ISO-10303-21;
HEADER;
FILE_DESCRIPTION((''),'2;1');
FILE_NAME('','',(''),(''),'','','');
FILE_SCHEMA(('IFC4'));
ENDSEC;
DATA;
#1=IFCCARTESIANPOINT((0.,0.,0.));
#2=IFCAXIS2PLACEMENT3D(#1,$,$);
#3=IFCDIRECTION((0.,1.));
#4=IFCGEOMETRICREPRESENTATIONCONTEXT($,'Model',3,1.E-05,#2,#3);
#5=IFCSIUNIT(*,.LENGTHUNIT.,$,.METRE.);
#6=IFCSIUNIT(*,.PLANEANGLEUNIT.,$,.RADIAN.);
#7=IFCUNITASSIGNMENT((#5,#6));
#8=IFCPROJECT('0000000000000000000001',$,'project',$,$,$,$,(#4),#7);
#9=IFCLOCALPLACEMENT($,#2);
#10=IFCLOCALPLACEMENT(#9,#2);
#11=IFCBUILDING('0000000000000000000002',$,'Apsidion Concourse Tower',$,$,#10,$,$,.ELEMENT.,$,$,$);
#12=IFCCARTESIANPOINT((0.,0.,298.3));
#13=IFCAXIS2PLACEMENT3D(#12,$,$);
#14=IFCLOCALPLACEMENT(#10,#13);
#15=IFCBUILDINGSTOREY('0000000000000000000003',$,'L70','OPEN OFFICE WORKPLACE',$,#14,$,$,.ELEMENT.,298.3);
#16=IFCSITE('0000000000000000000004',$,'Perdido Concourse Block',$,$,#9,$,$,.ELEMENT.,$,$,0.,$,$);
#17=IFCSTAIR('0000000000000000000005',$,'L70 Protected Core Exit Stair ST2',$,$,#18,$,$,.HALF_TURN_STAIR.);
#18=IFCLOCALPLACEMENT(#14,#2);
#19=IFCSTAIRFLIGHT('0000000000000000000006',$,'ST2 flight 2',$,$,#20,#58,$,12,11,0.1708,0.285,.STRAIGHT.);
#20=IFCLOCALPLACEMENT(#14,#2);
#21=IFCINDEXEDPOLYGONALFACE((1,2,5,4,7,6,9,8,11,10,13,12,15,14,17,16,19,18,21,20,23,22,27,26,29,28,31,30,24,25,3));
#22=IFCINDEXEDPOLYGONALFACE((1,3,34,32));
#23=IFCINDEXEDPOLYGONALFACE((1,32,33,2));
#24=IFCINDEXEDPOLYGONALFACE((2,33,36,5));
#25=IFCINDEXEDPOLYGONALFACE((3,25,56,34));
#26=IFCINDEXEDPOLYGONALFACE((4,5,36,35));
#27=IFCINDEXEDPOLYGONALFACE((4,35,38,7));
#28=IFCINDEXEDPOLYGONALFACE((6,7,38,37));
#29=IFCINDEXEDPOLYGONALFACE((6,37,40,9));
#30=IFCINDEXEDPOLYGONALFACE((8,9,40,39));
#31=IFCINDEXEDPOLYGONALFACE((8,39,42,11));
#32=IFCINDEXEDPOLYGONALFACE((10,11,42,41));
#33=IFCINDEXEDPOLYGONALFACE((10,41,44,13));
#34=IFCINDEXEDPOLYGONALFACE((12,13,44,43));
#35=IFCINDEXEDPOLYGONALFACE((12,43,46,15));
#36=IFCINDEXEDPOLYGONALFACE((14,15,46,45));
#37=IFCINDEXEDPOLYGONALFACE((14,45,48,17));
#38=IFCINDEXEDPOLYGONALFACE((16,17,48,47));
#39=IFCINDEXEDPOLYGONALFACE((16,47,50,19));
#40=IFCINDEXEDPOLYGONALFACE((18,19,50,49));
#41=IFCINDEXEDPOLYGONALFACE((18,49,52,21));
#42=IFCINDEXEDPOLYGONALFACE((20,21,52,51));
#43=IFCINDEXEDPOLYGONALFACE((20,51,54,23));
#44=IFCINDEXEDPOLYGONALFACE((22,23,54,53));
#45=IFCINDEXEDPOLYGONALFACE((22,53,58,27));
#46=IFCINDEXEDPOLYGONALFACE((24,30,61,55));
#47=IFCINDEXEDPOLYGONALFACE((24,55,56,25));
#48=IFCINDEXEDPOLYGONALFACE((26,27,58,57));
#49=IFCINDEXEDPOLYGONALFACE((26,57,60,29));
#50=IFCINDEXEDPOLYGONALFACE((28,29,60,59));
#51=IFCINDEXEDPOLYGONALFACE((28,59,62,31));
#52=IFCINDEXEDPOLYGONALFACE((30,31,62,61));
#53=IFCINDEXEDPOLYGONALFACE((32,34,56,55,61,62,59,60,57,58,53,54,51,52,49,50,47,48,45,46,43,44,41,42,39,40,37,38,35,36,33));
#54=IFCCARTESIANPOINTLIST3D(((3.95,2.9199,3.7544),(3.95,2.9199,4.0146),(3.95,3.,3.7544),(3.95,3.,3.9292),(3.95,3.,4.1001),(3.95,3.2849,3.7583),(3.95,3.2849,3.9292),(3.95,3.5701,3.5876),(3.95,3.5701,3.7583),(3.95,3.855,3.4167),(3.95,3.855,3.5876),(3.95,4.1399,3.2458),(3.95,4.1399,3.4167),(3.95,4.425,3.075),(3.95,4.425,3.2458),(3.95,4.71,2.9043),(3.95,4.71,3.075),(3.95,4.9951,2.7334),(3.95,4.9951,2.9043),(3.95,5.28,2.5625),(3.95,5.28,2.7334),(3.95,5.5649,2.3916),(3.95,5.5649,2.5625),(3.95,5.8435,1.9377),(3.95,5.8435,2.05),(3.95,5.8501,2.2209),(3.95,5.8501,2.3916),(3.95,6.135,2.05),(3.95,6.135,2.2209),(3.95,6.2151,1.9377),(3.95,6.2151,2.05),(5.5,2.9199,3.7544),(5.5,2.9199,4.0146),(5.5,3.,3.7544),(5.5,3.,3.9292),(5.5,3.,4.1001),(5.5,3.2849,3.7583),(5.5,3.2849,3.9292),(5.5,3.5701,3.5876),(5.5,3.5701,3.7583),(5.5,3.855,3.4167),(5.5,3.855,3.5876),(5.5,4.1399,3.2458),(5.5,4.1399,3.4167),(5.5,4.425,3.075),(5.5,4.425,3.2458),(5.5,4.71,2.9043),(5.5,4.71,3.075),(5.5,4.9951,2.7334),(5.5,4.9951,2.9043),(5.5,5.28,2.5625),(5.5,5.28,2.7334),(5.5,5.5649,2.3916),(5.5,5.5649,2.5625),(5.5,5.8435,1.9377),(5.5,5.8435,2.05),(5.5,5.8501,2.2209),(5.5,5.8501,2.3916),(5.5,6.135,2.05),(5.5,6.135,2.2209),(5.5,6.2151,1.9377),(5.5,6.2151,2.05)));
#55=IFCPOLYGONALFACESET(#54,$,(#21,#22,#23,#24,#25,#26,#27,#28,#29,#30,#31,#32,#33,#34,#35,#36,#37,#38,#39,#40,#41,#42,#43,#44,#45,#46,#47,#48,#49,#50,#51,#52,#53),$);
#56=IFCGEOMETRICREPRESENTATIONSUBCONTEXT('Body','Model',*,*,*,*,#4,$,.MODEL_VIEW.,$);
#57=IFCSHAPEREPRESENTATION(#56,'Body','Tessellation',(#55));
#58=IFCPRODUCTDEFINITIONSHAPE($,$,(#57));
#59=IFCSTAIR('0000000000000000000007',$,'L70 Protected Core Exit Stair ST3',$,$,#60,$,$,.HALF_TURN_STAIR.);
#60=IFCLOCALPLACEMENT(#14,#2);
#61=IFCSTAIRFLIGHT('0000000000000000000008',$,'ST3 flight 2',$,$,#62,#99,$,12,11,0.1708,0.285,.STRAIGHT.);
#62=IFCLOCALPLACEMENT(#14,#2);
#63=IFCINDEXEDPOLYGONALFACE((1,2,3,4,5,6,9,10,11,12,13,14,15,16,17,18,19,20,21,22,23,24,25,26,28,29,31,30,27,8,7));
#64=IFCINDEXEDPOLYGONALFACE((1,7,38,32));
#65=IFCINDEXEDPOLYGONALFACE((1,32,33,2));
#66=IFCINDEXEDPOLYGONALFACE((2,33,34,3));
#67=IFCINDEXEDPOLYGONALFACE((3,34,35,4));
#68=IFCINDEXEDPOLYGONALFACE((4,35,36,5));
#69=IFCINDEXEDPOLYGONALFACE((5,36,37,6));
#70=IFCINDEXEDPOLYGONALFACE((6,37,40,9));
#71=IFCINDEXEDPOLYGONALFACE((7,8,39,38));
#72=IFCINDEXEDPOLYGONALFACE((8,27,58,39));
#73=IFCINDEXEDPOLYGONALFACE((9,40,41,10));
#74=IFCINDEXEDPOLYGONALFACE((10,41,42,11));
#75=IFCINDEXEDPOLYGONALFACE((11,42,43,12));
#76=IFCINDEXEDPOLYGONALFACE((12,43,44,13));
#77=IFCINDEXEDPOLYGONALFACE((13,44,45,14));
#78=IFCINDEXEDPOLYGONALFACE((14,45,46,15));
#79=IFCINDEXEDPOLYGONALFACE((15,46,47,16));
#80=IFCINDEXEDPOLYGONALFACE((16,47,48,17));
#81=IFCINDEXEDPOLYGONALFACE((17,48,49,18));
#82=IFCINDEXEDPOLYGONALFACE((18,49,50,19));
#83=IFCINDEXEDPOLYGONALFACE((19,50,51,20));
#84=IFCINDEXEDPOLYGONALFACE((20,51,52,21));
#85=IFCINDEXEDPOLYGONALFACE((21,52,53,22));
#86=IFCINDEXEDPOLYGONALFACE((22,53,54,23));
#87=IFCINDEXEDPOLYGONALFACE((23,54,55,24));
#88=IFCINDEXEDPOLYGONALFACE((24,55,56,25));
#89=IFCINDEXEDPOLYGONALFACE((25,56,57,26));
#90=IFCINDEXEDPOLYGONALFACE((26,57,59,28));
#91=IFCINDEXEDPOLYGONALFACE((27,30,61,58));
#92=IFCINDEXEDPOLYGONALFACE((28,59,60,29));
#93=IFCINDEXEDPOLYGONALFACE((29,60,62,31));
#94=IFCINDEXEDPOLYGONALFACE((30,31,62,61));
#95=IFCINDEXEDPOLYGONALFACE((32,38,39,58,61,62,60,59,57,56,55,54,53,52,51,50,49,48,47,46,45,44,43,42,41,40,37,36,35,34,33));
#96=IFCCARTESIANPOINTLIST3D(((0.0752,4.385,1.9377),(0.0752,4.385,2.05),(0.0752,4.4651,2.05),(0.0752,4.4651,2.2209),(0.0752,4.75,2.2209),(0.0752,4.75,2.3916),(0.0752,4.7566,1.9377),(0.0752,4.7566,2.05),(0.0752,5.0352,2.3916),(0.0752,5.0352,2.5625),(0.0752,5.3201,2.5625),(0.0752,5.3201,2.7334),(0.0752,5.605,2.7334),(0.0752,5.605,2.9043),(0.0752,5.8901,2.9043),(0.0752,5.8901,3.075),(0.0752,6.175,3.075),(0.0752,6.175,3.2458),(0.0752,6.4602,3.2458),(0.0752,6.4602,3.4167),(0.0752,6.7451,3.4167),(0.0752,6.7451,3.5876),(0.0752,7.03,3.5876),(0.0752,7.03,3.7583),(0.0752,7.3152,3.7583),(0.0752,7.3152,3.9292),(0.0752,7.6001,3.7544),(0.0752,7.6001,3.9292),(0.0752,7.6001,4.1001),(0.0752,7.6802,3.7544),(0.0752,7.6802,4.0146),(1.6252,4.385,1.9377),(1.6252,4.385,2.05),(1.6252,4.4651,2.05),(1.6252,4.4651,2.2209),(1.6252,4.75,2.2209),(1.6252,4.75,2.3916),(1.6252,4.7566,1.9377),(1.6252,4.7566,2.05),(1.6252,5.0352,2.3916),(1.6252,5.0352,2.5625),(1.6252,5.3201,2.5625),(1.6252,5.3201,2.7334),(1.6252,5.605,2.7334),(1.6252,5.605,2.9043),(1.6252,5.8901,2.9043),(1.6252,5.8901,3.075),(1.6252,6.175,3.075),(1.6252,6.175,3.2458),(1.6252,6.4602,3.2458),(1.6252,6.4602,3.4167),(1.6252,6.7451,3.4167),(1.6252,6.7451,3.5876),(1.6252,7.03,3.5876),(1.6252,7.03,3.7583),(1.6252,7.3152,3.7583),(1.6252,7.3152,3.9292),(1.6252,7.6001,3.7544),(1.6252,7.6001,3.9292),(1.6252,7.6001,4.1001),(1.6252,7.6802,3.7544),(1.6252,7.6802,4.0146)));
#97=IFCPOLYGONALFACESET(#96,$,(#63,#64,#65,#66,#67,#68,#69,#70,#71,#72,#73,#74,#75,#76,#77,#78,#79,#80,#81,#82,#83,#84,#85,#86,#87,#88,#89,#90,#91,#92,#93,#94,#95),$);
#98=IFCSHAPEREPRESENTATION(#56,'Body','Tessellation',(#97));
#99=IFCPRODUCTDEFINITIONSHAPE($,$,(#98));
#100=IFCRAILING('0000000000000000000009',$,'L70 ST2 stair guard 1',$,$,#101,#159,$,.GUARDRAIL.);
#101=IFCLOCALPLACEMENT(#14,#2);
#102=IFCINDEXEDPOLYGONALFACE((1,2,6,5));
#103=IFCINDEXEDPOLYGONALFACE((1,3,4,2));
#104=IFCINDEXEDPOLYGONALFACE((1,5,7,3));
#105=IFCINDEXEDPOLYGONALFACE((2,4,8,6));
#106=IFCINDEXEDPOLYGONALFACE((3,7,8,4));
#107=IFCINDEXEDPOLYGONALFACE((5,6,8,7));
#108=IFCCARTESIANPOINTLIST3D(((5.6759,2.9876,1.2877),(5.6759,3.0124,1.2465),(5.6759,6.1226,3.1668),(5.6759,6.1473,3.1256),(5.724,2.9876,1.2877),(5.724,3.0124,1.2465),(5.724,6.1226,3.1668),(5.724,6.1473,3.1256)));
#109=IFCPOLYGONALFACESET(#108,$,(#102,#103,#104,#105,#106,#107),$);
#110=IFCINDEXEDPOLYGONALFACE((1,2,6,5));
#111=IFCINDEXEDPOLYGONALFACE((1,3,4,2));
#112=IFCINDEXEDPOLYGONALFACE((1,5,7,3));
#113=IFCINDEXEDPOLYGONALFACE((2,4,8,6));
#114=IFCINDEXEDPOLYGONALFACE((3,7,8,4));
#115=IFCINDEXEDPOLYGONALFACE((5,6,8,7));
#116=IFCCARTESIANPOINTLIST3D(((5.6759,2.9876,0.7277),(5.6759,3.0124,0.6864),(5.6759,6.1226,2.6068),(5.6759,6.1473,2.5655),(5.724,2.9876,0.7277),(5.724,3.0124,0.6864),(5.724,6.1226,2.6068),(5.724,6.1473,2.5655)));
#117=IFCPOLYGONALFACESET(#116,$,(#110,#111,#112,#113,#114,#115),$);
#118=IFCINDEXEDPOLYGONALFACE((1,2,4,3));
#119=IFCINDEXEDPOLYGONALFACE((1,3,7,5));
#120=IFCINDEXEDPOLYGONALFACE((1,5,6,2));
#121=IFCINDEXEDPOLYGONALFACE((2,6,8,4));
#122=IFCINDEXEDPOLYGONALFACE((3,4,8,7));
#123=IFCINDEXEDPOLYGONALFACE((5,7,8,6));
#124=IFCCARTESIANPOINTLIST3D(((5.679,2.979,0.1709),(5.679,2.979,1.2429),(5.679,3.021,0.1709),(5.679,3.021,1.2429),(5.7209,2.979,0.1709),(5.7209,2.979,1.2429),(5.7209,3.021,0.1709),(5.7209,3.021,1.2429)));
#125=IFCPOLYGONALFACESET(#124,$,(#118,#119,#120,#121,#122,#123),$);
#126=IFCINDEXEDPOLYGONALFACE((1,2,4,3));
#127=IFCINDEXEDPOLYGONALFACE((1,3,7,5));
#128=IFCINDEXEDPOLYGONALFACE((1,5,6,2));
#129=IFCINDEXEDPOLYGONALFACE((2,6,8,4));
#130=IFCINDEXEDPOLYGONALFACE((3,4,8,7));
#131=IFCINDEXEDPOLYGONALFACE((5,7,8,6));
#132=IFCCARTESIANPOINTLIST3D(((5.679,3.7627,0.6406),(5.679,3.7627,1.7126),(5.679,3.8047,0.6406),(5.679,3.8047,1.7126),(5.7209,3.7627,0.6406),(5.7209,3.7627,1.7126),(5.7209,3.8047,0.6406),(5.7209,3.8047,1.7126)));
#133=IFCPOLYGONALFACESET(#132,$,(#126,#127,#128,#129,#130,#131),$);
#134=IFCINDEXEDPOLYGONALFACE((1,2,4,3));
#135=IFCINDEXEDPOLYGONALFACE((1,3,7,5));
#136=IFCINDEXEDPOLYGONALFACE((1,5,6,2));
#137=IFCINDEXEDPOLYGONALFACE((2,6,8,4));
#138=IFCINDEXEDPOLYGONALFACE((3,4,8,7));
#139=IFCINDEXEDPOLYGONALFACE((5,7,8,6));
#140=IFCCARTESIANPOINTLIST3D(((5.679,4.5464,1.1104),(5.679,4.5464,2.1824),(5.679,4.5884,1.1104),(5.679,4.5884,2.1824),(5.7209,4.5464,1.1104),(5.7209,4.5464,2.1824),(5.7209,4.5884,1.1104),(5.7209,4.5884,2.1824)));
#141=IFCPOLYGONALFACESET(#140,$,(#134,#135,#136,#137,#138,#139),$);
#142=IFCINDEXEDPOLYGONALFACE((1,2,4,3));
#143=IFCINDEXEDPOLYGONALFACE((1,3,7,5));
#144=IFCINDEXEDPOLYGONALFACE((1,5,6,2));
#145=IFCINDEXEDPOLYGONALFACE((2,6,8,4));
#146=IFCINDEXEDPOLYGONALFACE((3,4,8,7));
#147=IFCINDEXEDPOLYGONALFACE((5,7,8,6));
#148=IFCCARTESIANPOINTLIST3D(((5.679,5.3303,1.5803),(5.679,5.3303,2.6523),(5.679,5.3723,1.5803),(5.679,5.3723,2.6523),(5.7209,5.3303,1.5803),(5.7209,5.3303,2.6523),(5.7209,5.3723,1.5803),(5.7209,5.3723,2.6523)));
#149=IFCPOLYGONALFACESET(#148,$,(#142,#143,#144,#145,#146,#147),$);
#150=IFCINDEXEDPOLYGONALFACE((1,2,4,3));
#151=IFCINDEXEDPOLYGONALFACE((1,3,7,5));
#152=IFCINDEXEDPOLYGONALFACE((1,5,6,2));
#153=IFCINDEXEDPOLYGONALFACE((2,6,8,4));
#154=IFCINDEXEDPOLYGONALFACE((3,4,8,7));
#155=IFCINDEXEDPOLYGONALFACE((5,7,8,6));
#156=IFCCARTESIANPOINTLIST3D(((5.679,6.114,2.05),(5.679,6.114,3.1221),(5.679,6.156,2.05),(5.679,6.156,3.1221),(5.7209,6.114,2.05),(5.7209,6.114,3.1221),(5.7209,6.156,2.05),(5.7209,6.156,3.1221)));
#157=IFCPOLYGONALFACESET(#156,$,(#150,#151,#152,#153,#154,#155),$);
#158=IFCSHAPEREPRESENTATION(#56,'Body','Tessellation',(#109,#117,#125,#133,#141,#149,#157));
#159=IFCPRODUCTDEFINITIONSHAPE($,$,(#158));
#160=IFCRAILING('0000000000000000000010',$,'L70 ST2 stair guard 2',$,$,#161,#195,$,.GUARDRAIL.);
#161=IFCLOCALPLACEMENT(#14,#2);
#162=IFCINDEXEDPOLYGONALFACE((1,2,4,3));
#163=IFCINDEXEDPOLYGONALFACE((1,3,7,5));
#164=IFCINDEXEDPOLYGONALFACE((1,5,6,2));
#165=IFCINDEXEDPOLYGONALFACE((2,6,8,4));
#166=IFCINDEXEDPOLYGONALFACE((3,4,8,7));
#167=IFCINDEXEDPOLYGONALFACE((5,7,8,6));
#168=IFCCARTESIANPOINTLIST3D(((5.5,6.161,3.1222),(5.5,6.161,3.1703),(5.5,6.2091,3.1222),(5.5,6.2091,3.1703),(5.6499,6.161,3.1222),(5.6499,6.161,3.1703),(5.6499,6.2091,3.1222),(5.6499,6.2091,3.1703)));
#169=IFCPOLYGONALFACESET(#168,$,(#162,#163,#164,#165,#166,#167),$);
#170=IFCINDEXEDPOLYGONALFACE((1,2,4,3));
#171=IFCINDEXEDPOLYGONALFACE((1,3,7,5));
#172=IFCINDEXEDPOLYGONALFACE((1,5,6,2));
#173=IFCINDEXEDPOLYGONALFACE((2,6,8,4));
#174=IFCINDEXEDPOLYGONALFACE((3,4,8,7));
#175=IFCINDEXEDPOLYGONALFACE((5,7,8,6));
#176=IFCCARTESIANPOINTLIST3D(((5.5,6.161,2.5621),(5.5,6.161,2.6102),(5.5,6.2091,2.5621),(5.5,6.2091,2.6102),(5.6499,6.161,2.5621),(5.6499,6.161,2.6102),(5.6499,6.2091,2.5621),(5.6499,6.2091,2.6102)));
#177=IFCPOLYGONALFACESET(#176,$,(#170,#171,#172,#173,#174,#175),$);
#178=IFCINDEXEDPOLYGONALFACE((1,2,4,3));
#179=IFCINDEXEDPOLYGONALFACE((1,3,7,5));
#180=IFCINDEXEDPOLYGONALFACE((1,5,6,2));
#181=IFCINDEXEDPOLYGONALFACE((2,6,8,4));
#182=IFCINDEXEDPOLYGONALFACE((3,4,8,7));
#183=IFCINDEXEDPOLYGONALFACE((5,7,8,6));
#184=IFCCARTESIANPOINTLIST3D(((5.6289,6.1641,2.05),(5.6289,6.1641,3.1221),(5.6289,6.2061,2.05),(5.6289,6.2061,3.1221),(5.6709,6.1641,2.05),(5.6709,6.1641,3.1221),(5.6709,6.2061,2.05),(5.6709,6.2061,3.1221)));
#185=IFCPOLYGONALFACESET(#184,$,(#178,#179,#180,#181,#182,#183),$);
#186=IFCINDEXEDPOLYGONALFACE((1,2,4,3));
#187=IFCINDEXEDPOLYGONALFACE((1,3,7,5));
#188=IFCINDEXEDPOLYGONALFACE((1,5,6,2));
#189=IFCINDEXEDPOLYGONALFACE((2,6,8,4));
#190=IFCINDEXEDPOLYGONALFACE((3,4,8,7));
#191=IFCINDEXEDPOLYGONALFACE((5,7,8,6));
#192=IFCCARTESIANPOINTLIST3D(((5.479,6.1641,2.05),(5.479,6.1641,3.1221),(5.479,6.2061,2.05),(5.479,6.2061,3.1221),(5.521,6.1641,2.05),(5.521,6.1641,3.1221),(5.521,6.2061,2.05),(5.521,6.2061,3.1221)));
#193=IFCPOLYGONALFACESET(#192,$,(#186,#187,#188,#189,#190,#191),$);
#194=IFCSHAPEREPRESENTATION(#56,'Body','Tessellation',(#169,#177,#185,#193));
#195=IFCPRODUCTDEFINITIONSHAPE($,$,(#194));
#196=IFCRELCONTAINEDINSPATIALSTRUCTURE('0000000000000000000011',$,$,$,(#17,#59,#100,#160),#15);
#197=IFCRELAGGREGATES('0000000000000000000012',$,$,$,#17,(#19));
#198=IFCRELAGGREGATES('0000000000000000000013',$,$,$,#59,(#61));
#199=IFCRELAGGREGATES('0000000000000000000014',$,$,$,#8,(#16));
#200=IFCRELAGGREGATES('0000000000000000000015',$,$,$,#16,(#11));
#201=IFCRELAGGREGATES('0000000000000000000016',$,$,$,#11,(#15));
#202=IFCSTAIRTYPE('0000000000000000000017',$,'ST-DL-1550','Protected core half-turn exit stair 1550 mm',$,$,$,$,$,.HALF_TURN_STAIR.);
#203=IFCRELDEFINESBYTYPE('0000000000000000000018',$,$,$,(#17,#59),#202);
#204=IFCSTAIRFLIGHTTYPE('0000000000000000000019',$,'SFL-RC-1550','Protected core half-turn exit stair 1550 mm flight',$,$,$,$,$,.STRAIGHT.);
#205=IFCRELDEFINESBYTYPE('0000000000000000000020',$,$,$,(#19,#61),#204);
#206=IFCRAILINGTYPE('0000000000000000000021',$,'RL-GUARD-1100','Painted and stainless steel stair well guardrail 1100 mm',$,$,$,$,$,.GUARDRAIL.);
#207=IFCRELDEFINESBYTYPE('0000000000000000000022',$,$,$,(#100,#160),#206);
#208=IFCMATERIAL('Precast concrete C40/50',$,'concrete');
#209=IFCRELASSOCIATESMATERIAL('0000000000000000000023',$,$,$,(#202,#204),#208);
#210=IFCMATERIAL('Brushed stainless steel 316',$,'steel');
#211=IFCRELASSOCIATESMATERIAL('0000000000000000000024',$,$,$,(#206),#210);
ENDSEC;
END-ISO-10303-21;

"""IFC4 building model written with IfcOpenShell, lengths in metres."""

from ifc_helpers import new_model, si_unit, direction, frame, origin, origin_2d, place, context, subcontext, project, spatial, polyline, rectangle, outline, extrude, material, type_object, element, aggregate, save


model = new_model("IFC4")

# Units and contexts
model_context = context("Model", 3, precision=1e-05, world=origin(), true_north=direction((0.0, 1.0)))
body_context = subcontext(model_context, "Body", "Model", "MODEL_VIEW")
ifc_project = project(units=[si_unit("LENGTHUNIT", "METRE"), si_unit("PLANEANGLEUNIT", "RADIAN")], contexts=[model_context])

# Site, building, storey
site_placement = place(None, origin())
site = spatial("IfcSite", under=ifc_project, at=site_placement, Name="Perdido Concourse Block", CompositionType="ELEMENT", RefElevation=0.0)
building_placement = place(site_placement, origin())
building = spatial("IfcBuilding", under=site, at=building_placement, Name="Apsidion Concourse Tower", CompositionType="ELEMENT")
storey_placement = place(building_placement, frame((0.0, 0.0, 298.3)))
storey = spatial("IfcBuildingStorey", under=building, at=storey_placement, Name="L70", Description="OPEN OFFICE WORKPLACE", CompositionType="ELEMENT", Elevation=298.3)

# Stair, stair flight
ifc_material_1 = material(Name="Precast concrete C40/50", Category="concrete")
stair_type = type_object("IfcStairType", Name="ST-DL-1550", Description="Protected core half-turn exit stair 1550 mm", PredefinedType="HALF_TURN_STAIR", material=ifc_material_1)
stair_1_placement = place(storey_placement, origin())
stair_1 = element("IfcStair", 1, at=stair_1_placement, inside=storey, type_object=stair_type, Name="L70 Protected Core Exit Stair ST2", PredefinedType="HALF_TURN_STAIR")
stair_flight_type = type_object("IfcStairFlightType", Name="SFL-RC-1550", Description="Protected core half-turn exit stair 1550 mm flight", PredefinedType="STRAIGHT", material=ifc_material_1)
stair_flight_1_placement = place(storey_placement, frame((4.7251, 6.135, 2.05), z_axis=(0.0, 0.0, 1.0), x_axis=(0.0, -1.0, 0.0)))
stair_flight_1 = element("IfcStairFlight", 2, at=stair_flight_1_placement, type_object=stair_flight_type, Name="ST2 flight 2", NumberOfRisers=12, NumberOfTreads=11, PredefinedType="STRAIGHT", RiserHeight=0.1708, TreadLength=0.285, context=body_context, shape_type="SweptSolid", body=[
    extrude(outline(polyline([(-0.0801, -0.1123), (-0.0801, 0.0), (0.0, 0.0), (0.0, 0.1709), (0.2849, 0.1709), (0.2849, 0.3416), (0.5701, 0.3416), (0.5701, 0.5125), (0.855, 0.5125), (0.855, 0.6833), (1.1399, 0.6833), (1.1399, 0.8542), (1.425, 0.8542), (1.425, 1.0249), (1.71, 1.0249), (1.71, 1.1958), (1.9951, 1.1958), (1.9951, 1.3667), (2.28, 1.3667), (2.28, 1.5376), (2.5649, 1.5376), (2.5649, 1.7083), (2.8501, 1.7083), (2.8501, 1.8792), (3.135, 1.8792), (3.135, 2.05), (3.2151, 1.9646), (3.2151, 1.7043), (3.135, 1.7043), (0.2915, 0.0), (0.2915, -0.1123), (-0.0801, -0.1123)])), frame((0.0, 0.7749, 0.0), z_axis=(0.0, -1.0, 0.0), x_axis=(1.0, 0.0, 0.0)), (0.0, 0.0, 1.0), 1.55),
])
aggregate(stair_1, [stair_flight_1])

# Stair, stair flight
stair_2_placement = place(storey_placement, origin())
stair_2 = element("IfcStair", 3, at=stair_2_placement, inside=storey, type_object=stair_type, Name="L70 Protected Core Exit Stair ST3", PredefinedType="HALF_TURN_STAIR")
stair_flight_2_placement = place(storey_placement, frame((0.8501, 4.4651, 2.05), z_axis=(0.0, 0.0, 1.0), x_axis=(0.0, 1.0, 0.0)))
stair_flight_2 = element("IfcStairFlight", 4, at=stair_flight_2_placement, type_object=stair_flight_type, Name="ST3 flight 2", NumberOfRisers=12, NumberOfTreads=11, PredefinedType="STRAIGHT", RiserHeight=0.1708, TreadLength=0.285, context=body_context, shape_type="SweptSolid", body=[
    extrude(outline(polyline([(-0.0801, -0.1123), (-0.0801, 0.0), (0.0, 0.0), (0.0, 0.1709), (0.2849, 0.1709), (0.2849, 0.3416), (0.5701, 0.3416), (0.5701, 0.5125), (0.855, 0.5125), (0.855, 0.6833), (1.1399, 0.6833), (1.1399, 0.8542), (1.425, 0.8542), (1.425, 1.0249), (1.71, 1.0249), (1.71, 1.1958), (1.9951, 1.1958), (1.9951, 1.3667), (2.28, 1.3667), (2.28, 1.5376), (2.5649, 1.5376), (2.5649, 1.7083), (2.8501, 1.7083), (2.8501, 1.8792), (3.135, 1.8792), (3.135, 2.05), (3.2151, 1.9646), (3.2151, 1.7043), (3.135, 1.7043), (0.2915, 0.0), (0.2915, -0.1123), (-0.0801, -0.1123)])), frame((0.0, 0.7749, 0.0), z_axis=(0.0, -1.0, 0.0), x_axis=(1.0, 0.0, 0.0)), (0.0, 0.0, 1.0), 1.55),
])
aggregate(stair_2, [stair_flight_2])

# Railings
ifc_material_2 = material(Name="Brushed stainless steel 316", Category="steel")
railing_type_1 = type_object("IfcRailingType", Name="RL-GUARD-1100", Description="Painted and stainless steel stair well guardrail 1100 mm", PredefinedType="GUARDRAIL", material=ifc_material_2)
railing_1_placement = place(storey_placement, frame((5.7, 3.0, 0.1709)))
element("IfcRailing", 5, at=railing_1_placement, inside=storey, type_object=railing_type_1, Name="L70 ST2 stair guard 1", PredefinedType="GUARDRAIL", context=body_context, shape_type="SweptSolid", body=[
    extrude(rectangle(XDim=0.0481, YDim=0.0481, at=origin_2d()), frame((0.0, 0.0, 1.0962), z_axis=(0.0, 0.857717, 0.514122), x_axis=(-1.0, 0.0, 0.0)), (0.0, 0.0, 1.0), 3.655),
    extrude(rectangle(XDim=0.0481, YDim=0.0481, at=origin_2d()), frame((0.0, 0.0, 0.5361), z_axis=(0.0, 0.857717, 0.514122), x_axis=(-1.0, 0.0, 0.0)), (0.0, 0.0, 1.0), 3.655),
    extrude(rectangle(XDim=0.042, YDim=0.042, at=origin_2d()), origin(), (0.0, 0.0, 1.0), 1.072),
    extrude(rectangle(XDim=0.042, YDim=0.042, at=origin_2d()), frame((0.0, 0.7837, 0.4697)), (0.0, 0.0, 1.0), 1.072),
    extrude(rectangle(XDim=0.042, YDim=0.042, at=origin_2d()), frame((0.0, 1.5674, 0.9395)), (0.0, 0.0, 1.0), 1.072),
    extrude(rectangle(XDim=0.042, YDim=0.042, at=origin_2d()), frame((0.0, 2.3513, 1.4094)), (0.0, 0.0, 1.0), 1.072),
    extrude(rectangle(XDim=0.042, YDim=0.042, at=origin_2d()), frame((0.0, 3.135, 1.8792)), (0.0, 0.0, 1.0), 1.072),
])
railing_2_placement = place(storey_placement, frame((5.6499, 6.1851, 2.05)))
element("IfcRailing", 6, at=railing_2_placement, inside=storey, type_object=railing_type_1, Name="L70 ST2 stair guard 2", PredefinedType="GUARDRAIL", context=body_context, shape_type="SweptSolid", body=[
    extrude(rectangle(XDim=0.0481, YDim=0.0481, at=origin_2d()), frame((0.0, 0.0, 1.0962), z_axis=(-1.0, 0.0, 0.0), x_axis=(0.0, -1.0, 0.0)), (0.0, 0.0, 1.0), 0.1499),
    extrude(rectangle(XDim=0.0481, YDim=0.0481, at=origin_2d()), frame((0.0, 0.0, 0.5361), z_axis=(-1.0, 0.0, 0.0), x_axis=(0.0, -1.0, 0.0)), (0.0, 0.0, 1.0), 0.1499),
    extrude(rectangle(XDim=0.042, YDim=0.042, at=origin_2d()), origin(), (0.0, 0.0, 1.0), 1.072),
    extrude(rectangle(XDim=0.042, YDim=0.042, at=origin_2d()), frame((-0.1499, 0.0, 0.0)), (0.0, 0.0, 1.0), 1.072),
])

save(model, "model.ifc")
